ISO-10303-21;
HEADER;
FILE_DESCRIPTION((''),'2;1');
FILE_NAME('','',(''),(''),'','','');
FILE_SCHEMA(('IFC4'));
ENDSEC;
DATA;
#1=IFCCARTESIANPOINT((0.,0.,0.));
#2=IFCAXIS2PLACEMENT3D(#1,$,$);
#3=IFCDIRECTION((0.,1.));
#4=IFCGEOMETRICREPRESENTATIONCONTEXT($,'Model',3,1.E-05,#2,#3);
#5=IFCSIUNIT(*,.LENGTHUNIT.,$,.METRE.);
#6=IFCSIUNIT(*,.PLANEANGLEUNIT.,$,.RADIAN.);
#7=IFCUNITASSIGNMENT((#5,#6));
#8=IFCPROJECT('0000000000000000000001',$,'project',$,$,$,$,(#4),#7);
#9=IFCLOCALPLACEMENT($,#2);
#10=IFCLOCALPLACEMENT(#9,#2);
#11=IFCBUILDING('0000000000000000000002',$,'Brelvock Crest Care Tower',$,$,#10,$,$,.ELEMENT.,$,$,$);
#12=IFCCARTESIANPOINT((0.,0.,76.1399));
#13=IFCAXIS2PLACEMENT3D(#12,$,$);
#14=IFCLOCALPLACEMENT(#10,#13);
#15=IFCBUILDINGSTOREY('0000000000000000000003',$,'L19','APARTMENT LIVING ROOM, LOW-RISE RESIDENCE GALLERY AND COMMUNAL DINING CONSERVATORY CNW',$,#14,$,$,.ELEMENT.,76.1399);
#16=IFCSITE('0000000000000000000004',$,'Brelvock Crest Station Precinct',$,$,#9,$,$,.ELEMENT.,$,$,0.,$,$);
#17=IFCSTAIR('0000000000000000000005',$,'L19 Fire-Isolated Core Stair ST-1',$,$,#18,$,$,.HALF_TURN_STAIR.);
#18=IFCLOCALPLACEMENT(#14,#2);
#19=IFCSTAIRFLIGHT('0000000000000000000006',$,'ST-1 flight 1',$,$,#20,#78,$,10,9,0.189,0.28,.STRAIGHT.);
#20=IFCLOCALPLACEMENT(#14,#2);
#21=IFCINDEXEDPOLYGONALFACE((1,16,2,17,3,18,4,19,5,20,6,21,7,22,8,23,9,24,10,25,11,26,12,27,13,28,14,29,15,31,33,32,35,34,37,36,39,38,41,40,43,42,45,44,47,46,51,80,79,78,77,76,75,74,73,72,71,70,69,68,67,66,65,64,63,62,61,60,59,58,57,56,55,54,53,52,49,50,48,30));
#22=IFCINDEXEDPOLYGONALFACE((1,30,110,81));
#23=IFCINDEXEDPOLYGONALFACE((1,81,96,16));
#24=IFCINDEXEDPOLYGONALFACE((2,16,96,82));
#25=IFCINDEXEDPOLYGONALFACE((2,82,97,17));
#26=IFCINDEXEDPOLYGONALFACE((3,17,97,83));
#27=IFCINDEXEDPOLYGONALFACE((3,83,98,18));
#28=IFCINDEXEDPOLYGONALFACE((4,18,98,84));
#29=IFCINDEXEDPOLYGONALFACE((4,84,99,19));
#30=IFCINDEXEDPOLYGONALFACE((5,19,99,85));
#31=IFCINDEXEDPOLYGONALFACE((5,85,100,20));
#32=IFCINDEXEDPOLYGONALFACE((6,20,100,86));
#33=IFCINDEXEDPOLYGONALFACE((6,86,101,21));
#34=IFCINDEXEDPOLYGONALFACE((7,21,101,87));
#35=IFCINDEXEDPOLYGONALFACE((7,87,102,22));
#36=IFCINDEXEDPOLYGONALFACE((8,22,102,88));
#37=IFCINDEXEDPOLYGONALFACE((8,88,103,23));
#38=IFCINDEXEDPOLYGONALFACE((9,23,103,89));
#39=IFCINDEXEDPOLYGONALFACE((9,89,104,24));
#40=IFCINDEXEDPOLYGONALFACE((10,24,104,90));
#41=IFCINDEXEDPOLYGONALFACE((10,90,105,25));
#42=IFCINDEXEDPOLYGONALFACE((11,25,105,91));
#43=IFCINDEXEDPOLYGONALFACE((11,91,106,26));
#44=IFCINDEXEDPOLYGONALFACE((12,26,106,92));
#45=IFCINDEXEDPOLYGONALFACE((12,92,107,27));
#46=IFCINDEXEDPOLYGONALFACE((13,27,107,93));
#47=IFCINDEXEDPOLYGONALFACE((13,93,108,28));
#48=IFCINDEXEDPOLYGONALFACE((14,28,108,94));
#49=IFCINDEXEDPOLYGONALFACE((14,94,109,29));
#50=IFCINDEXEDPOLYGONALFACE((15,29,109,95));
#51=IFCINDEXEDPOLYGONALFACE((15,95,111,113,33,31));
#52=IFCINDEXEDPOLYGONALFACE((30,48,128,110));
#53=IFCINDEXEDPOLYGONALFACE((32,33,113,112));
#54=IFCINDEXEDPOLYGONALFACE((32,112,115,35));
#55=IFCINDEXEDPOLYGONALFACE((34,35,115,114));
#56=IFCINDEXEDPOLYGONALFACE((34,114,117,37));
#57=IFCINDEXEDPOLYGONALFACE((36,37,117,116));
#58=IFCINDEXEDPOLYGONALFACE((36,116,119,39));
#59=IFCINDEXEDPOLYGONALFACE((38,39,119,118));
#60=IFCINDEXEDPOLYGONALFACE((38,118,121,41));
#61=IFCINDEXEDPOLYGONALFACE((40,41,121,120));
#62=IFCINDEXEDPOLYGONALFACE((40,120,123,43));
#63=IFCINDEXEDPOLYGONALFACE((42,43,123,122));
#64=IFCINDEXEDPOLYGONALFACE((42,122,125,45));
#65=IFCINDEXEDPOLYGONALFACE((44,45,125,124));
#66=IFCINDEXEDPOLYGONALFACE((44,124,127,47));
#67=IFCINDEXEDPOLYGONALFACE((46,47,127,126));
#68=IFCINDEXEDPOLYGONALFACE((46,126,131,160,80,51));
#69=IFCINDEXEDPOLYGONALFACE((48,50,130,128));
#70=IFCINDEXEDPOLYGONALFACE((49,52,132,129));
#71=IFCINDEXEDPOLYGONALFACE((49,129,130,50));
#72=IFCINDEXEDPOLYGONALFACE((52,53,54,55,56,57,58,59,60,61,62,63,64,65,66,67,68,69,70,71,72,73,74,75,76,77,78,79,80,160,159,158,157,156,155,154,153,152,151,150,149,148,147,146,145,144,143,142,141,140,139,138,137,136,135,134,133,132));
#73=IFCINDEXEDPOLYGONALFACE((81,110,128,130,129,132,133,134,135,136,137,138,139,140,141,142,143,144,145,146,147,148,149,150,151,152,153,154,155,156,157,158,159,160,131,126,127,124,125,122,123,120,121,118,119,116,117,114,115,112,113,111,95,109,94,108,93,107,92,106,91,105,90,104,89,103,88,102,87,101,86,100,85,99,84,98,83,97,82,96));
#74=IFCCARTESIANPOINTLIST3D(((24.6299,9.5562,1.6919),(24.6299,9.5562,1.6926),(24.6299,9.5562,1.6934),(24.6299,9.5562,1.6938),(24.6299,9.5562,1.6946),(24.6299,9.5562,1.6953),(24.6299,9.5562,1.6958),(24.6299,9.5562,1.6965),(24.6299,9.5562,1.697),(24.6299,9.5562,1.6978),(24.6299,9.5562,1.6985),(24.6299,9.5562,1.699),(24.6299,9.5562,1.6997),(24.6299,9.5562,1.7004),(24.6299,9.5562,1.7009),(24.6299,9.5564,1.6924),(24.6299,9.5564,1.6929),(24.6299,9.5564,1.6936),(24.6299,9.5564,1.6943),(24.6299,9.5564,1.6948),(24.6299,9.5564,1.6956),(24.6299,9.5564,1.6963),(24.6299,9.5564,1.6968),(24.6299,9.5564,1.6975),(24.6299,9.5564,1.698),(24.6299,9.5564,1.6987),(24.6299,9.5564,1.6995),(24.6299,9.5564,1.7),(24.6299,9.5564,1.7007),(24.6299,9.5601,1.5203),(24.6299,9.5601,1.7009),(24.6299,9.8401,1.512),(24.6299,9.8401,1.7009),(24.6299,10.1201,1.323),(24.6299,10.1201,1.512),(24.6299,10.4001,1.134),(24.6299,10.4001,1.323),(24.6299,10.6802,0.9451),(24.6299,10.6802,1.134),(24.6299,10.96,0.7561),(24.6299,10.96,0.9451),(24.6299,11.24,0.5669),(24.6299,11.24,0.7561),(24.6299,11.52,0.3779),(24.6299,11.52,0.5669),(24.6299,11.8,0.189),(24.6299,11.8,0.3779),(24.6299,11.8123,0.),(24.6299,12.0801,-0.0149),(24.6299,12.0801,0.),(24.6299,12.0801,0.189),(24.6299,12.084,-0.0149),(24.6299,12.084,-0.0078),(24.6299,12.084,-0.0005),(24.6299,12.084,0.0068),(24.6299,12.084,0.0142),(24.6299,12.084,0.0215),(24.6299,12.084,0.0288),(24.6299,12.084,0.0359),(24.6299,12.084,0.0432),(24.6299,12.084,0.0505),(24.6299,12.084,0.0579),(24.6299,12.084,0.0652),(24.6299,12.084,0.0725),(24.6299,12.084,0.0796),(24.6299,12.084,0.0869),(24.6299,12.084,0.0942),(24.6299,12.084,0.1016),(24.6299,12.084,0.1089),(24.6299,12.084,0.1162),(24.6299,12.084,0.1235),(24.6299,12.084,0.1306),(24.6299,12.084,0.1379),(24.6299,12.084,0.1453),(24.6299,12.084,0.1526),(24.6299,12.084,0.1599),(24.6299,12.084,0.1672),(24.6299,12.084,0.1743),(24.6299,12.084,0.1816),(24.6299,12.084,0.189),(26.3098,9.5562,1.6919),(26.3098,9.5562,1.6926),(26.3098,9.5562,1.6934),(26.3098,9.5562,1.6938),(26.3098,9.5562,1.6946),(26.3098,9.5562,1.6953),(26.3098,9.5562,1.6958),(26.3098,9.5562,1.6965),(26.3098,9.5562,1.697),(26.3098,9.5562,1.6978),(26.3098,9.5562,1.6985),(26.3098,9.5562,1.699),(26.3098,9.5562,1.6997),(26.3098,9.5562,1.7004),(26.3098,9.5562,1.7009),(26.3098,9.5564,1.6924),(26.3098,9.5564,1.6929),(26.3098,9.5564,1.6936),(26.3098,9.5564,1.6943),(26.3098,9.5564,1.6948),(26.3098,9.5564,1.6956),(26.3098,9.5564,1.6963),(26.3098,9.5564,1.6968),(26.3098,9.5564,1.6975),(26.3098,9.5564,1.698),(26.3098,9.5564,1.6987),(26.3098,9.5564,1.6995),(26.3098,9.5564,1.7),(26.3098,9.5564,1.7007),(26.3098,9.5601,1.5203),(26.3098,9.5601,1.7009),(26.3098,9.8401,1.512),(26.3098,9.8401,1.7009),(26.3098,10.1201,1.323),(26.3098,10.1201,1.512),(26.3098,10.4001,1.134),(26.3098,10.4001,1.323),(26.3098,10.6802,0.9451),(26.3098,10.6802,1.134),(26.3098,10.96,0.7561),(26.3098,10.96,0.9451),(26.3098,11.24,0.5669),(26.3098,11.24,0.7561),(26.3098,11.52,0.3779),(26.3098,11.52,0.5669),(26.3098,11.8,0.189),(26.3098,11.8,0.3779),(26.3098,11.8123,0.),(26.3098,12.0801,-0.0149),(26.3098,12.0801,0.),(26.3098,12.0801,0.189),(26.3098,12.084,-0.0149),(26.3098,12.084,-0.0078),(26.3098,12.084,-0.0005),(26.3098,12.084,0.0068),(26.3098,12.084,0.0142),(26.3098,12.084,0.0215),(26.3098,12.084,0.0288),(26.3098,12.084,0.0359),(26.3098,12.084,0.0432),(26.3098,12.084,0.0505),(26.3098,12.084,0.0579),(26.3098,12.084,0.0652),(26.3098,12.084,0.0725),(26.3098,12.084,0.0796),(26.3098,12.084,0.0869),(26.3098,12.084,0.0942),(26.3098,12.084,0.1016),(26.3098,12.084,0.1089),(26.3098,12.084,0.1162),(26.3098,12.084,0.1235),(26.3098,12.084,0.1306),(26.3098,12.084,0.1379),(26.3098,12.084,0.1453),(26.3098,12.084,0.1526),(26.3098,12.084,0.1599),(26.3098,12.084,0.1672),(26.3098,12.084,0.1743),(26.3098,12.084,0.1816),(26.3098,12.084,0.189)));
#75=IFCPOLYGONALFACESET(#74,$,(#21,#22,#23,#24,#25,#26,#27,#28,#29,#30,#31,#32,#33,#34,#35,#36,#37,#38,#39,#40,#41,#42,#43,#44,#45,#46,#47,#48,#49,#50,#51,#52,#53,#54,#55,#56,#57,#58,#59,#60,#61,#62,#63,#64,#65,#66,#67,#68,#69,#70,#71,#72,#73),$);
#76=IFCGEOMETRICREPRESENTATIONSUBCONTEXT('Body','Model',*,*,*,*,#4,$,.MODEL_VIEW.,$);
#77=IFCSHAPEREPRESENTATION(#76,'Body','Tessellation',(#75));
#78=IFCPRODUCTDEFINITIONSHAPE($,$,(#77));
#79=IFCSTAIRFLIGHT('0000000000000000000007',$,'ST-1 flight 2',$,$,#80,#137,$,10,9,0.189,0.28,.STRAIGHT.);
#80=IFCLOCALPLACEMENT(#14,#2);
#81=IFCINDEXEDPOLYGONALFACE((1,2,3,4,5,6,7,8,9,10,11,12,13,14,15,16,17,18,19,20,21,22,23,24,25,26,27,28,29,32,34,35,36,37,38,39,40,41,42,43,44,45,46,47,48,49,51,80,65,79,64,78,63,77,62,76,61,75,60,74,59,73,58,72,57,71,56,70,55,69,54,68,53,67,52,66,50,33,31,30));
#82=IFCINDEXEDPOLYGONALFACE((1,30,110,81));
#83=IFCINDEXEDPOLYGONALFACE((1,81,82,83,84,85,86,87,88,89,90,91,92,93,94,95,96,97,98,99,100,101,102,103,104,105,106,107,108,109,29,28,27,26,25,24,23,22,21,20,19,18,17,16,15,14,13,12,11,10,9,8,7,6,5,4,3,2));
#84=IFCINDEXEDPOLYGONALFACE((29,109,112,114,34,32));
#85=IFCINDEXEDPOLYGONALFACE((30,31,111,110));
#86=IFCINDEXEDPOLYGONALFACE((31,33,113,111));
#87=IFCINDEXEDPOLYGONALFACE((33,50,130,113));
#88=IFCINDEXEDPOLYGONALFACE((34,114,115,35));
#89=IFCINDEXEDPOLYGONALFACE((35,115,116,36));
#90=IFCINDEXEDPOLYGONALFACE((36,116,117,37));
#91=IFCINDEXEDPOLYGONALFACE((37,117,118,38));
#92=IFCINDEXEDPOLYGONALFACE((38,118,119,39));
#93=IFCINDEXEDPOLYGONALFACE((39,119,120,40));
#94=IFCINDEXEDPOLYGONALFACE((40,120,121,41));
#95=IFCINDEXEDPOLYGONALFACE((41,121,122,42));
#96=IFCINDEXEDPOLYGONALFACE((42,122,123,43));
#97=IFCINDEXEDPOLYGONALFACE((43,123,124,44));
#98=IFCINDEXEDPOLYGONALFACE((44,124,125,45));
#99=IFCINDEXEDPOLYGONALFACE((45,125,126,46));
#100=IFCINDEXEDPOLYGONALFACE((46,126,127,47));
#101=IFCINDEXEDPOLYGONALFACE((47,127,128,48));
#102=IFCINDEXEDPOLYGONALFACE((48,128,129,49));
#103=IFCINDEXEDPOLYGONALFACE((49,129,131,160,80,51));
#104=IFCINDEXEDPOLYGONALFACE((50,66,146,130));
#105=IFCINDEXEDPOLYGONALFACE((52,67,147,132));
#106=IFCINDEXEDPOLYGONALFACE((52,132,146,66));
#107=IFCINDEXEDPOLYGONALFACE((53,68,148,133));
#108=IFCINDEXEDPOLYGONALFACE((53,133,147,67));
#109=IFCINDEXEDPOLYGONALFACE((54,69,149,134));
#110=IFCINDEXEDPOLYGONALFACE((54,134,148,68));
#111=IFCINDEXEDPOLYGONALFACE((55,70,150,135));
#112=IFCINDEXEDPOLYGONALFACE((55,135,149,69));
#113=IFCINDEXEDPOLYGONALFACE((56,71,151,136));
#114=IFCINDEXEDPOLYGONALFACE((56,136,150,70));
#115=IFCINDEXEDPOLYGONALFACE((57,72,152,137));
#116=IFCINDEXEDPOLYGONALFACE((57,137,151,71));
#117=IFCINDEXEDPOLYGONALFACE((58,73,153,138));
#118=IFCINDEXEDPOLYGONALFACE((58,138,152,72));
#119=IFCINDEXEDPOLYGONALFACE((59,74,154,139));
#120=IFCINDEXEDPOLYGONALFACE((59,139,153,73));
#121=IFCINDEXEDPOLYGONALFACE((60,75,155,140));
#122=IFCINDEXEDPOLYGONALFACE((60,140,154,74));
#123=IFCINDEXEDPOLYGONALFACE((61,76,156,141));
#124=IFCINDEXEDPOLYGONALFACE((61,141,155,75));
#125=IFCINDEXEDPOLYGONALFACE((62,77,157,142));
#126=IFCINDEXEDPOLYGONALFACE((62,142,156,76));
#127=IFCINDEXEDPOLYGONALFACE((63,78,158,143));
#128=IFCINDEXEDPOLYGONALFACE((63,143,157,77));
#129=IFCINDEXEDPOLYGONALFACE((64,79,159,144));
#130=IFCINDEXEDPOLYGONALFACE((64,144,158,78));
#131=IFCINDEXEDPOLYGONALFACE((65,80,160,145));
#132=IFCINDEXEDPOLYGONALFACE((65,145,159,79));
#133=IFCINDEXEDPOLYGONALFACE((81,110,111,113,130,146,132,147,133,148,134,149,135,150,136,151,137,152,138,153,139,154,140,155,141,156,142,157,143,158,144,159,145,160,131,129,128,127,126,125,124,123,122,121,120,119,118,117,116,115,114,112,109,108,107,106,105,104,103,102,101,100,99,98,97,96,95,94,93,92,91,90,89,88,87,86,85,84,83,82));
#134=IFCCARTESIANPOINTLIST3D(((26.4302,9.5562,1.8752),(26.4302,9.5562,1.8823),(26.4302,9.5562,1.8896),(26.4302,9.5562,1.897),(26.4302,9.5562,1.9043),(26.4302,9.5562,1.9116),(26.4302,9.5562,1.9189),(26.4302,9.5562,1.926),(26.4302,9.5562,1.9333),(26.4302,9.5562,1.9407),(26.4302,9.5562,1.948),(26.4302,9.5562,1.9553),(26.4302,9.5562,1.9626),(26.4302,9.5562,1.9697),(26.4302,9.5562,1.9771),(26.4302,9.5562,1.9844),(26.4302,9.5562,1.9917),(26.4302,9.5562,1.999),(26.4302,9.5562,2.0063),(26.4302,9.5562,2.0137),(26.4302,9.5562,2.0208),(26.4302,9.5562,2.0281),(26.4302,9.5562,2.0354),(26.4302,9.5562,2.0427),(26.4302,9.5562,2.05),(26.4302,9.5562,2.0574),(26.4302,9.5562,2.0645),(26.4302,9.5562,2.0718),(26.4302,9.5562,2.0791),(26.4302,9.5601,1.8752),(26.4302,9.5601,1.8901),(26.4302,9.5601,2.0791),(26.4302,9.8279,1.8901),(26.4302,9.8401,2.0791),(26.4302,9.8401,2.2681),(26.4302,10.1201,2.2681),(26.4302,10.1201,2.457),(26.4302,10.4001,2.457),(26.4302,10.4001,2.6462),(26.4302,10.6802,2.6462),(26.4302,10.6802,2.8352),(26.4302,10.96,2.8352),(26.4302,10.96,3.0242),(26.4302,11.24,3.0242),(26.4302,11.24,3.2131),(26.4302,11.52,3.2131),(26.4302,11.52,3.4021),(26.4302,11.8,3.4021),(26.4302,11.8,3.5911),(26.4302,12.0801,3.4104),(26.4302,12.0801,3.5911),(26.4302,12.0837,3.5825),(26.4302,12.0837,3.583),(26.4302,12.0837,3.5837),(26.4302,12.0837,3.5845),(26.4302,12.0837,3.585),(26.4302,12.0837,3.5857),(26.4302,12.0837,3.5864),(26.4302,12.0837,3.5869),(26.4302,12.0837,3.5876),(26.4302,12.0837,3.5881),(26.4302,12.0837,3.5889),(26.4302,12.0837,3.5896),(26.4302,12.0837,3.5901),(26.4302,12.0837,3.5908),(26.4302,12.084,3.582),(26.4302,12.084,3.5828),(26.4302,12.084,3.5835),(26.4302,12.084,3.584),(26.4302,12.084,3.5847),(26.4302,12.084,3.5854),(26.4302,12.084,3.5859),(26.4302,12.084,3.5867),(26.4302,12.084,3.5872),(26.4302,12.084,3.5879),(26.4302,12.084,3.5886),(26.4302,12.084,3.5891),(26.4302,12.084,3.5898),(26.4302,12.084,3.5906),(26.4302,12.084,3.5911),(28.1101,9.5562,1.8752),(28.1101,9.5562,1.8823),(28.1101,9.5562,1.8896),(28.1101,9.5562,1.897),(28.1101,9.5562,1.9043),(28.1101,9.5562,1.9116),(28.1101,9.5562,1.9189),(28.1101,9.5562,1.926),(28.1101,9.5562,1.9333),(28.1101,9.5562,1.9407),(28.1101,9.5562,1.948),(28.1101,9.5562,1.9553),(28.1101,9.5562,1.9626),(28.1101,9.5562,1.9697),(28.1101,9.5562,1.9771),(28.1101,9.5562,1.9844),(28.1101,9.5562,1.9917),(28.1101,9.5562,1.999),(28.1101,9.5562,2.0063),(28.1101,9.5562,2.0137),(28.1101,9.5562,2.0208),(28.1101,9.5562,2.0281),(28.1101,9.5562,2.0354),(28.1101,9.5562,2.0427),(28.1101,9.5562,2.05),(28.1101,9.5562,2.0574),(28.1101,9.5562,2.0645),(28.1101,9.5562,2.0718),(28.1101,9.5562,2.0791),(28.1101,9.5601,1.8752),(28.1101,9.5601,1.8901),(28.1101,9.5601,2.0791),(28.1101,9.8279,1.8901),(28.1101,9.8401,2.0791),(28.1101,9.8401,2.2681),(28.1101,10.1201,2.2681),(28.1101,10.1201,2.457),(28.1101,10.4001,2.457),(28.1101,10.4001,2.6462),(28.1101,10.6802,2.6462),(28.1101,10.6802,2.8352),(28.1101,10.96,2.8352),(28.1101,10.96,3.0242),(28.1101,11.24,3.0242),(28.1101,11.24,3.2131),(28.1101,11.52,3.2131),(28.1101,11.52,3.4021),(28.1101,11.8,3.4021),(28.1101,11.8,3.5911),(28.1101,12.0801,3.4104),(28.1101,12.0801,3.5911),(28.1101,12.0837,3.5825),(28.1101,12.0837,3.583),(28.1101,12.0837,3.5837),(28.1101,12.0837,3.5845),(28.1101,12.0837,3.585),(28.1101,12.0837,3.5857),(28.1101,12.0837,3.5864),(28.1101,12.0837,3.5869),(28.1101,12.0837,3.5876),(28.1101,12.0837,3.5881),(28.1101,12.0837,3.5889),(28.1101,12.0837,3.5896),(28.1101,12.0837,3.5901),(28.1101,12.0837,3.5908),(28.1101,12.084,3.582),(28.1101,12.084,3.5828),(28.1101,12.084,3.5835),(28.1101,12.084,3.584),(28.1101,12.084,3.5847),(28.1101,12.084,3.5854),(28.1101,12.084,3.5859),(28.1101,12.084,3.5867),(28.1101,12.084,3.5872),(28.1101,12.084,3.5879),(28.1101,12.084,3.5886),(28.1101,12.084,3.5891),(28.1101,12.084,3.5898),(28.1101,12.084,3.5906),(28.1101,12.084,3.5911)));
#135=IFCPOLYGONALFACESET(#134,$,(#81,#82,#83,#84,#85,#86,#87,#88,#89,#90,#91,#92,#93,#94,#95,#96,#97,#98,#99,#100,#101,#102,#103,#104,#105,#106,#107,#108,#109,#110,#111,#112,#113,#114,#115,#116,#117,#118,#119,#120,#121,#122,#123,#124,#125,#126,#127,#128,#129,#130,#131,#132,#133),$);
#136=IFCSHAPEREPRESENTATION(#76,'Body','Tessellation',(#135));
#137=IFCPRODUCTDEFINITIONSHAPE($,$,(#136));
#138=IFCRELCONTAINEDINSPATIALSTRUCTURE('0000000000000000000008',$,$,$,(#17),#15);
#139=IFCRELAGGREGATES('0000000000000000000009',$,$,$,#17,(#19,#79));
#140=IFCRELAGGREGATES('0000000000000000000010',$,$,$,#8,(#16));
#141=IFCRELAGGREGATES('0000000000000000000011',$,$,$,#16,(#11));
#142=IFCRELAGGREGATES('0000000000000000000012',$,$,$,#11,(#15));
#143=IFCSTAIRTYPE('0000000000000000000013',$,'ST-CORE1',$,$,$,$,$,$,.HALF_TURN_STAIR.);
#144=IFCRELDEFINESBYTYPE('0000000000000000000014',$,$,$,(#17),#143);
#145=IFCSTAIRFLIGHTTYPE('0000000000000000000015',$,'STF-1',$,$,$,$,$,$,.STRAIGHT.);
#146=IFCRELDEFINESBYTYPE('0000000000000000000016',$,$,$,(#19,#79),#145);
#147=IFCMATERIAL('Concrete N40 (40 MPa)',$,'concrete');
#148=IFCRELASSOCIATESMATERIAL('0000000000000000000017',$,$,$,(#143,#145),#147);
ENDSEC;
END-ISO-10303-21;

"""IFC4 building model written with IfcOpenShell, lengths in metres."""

from ifc_helpers import new_model, si_unit, direction, frame, origin, place, context, subcontext, project, spatial, polyline, outline, extrude, material, type_object, element, aggregate, save


model = new_model("IFC4")

# Units and contexts
model_context = context("Model", 3, precision=1e-05, world=origin(), true_north=direction((0.0, 1.0)))
body_context = subcontext(model_context, "Body", "Model", "MODEL_VIEW")
ifc_project = project(units=[si_unit("LENGTHUNIT", "METRE"), si_unit("PLANEANGLEUNIT", "RADIAN")], contexts=[model_context])

# Site, building, storey
site_placement = place(None, origin())
site = spatial("IfcSite", under=ifc_project, at=site_placement, Name="Brelvock Crest Station Precinct", CompositionType="ELEMENT", RefElevation=0.0)
building_placement = place(site_placement, origin())
building = spatial("IfcBuilding", under=site, at=building_placement, Name="Brelvock Crest Care Tower", CompositionType="ELEMENT")
storey_placement = place(building_placement, frame((0.0, 0.0, 76.1399)))
storey = spatial("IfcBuildingStorey", under=building, at=storey_placement, Name="L19", Description="APARTMENT LIVING ROOM, LOW-RISE RESIDENCE GALLERY AND COMMUNAL DINING CONSERVATORY CNW", CompositionType="ELEMENT", Elevation=76.1399)

# Stair, stair flights
ifc_material_1 = material(Name="Concrete N40 (40 MPa)", Category="concrete")
stair_type = type_object("IfcStairType", Name="ST-CORE1", PredefinedType="HALF_TURN_STAIR", material=ifc_material_1)
stair_placement = place(storey_placement, origin())
stair = element("IfcStair", 1, at=stair_placement, inside=storey, type_object=stair_type, Name="L19 Fire-Isolated Core Stair ST-1", PredefinedType="HALF_TURN_STAIR")
stair_flight_type = type_object("IfcStairFlightType", Name="STF-1", PredefinedType="STRAIGHT", material=ifc_material_1)
stair_flight_1_placement = place(storey_placement, frame((25.47, 12.0801, 0.0), z_axis=(0.0, 0.0, 1.0), x_axis=(0.0, -1.0, 0.0)))
stair_flight_1 = element("IfcStairFlight", 2, at=stair_flight_1_placement, type_object=stair_flight_type, Name="ST-1 flight 1", NumberOfRisers=10, NumberOfTreads=9, PredefinedType="STRAIGHT", RiserHeight=0.189, TreadLength=0.28, context=body_context, shape_type="SweptSolid", body=[
    extrude(outline(polyline([(-0.0039, -0.0149), (-0.0039, -0.0078), (-0.0039, -0.0005), (-0.0039, 0.0068), (-0.0039, 0.0142), (-0.0039, 0.0215), (-0.0039, 0.0288), (-0.0039, 0.0359), (-0.0039, 0.0432), (-0.0039, 0.0505), (-0.0039, 0.0579), (-0.0039, 0.0652), (-0.0039, 0.0725), (-0.0039, 0.0796), (-0.0039, 0.0869), (-0.0039, 0.0942), (-0.0039, 0.1016), (-0.0039, 0.1089), (-0.0039, 0.1162), (-0.0039, 0.1235), (-0.0039, 0.1306), (-0.0039, 0.1379), (-0.0039, 0.1453), (-0.0039, 0.1526), (-0.0039, 0.1599), (-0.0039, 0.1672), (-0.0039, 0.1743), (-0.0039, 0.1816), (-0.0039, 0.189), (0.0, 0.189), (0.28, 0.189), (0.28, 0.3779), (0.5601, 0.3779), (0.5601, 0.5669), (0.8401, 0.5669), (0.8401, 0.7561), (1.1201, 0.7561), (1.1201, 0.9451), (1.3999, 0.9451), (1.3999, 1.134), (1.6799, 1.134), (1.6799, 1.323), (1.96, 1.323), (1.96, 1.512), (2.24, 1.512), (2.24, 1.7009), (2.52, 1.7009), (2.5239, 1.7009), (2.5237, 1.7007), (2.5239, 1.7004), (2.5237, 1.7), (2.5239, 1.6997), (2.5237, 1.6995), (2.5239, 1.699), (2.5237, 1.6987), (2.5239, 1.6985), (2.5237, 1.698), (2.5239, 1.6978), (2.5237, 1.6975), (2.5239, 1.697), (2.5237, 1.6968), (2.5239, 1.6965), (2.5237, 1.6963), (2.5239, 1.6958), (2.5237, 1.6956), (2.5239, 1.6953), (2.5237, 1.6948), (2.5239, 1.6946), (2.5237, 1.6943), (2.5239, 1.6938), (2.5237, 1.6936), (2.5239, 1.6934), (2.5237, 1.6929), (2.5239, 1.6926), (2.5237, 1.6924), (2.5239, 1.6919), (2.52, 1.5203), (0.2678, 0.0), (0.0, 0.0), (0.0, -0.0149), (-0.0039, -0.0149)])), frame((0.0, 0.8398, 0.0), z_axis=(0.0, -1.0, 0.0), x_axis=(1.0, 0.0, 0.0)), (0.0, 0.0, 1.0), 1.6799),
])
stair_flight_2_placement = place(storey_placement, frame((27.27, 9.5601, 1.8901), z_axis=(0.0, 0.0, 1.0), x_axis=(0.0, 1.0, 0.0)))
stair_flight_2 = element("IfcStairFlight", 3, at=stair_flight_2_placement, type_object=stair_flight_type, Name="ST-1 flight 2", NumberOfRisers=10, NumberOfTreads=9, PredefinedType="STRAIGHT", RiserHeight=0.189, TreadLength=0.28, context=body_context, shape_type="SweptSolid", body=[
    extrude(outline(polyline([(-0.0039, -0.0149), (-0.0039, -0.0078), (-0.0039, -0.0005), (-0.0039, 0.0068), (-0.0039, 0.0142), (-0.0039, 0.0215), (-0.0039, 0.0288), (-0.0039, 0.0359), (-0.0039, 0.0432), (-0.0039, 0.0505), (-0.0039, 0.0579), (-0.0039, 0.0652), (-0.0039, 0.0725), (-0.0039, 0.0796), (-0.0039, 0.0869), (-0.0039, 0.0942), (-0.0039, 0.1016), (-0.0039, 0.1089), (-0.0039, 0.1162), (-0.0039, 0.1235), (-0.0039, 0.1306), (-0.0039, 0.1379), (-0.0039, 0.1453), (-0.0039, 0.1526), (-0.0039, 0.1599), (-0.0039, 0.1672), (-0.0039, 0.1743), (-0.0039, 0.1816), (-0.0039, 0.189), (0.0, 0.189), (0.28, 0.189), (0.28, 0.3779), (0.5601, 0.3779), (0.5601, 0.5669), (0.8401, 0.5669), (0.8401, 0.7561), (1.1201, 0.7561), (1.1201, 0.9451), (1.3999, 0.9451), (1.3999, 1.134), (1.6799, 1.134), (1.6799, 1.323), (1.96, 1.323), (1.96, 1.512), (2.24, 1.512), (2.24, 1.7009), (2.52, 1.7009), (2.5239, 1.7009), (2.5237, 1.7007), (2.5239, 1.7004), (2.5237, 1.7), (2.5239, 1.6997), (2.5237, 1.6995), (2.5239, 1.699), (2.5237, 1.6987), (2.5239, 1.6985), (2.5237, 1.698), (2.5239, 1.6978), (2.5237, 1.6975), (2.5239, 1.697), (2.5237, 1.6968), (2.5239, 1.6965), (2.5237, 1.6963), (2.5239, 1.6958), (2.5237, 1.6956), (2.5239, 1.6953), (2.5237, 1.6948), (2.5239, 1.6946), (2.5237, 1.6943), (2.5239, 1.6938), (2.5237, 1.6936), (2.5239, 1.6934), (2.5237, 1.6929), (2.5239, 1.6926), (2.5237, 1.6924), (2.5239, 1.6919), (2.52, 1.5203), (0.2678, 0.0), (0.0, 0.0), (0.0, -0.0149), (-0.0039, -0.0149)])), frame((0.0, 0.8398, 0.0), z_axis=(0.0, -1.0, 0.0), x_axis=(1.0, 0.0, 0.0)), (0.0, 0.0, 1.0), 1.6799),
])
aggregate(stair, [stair_flight_1, stair_flight_2])

save(model, "model.ifc")
